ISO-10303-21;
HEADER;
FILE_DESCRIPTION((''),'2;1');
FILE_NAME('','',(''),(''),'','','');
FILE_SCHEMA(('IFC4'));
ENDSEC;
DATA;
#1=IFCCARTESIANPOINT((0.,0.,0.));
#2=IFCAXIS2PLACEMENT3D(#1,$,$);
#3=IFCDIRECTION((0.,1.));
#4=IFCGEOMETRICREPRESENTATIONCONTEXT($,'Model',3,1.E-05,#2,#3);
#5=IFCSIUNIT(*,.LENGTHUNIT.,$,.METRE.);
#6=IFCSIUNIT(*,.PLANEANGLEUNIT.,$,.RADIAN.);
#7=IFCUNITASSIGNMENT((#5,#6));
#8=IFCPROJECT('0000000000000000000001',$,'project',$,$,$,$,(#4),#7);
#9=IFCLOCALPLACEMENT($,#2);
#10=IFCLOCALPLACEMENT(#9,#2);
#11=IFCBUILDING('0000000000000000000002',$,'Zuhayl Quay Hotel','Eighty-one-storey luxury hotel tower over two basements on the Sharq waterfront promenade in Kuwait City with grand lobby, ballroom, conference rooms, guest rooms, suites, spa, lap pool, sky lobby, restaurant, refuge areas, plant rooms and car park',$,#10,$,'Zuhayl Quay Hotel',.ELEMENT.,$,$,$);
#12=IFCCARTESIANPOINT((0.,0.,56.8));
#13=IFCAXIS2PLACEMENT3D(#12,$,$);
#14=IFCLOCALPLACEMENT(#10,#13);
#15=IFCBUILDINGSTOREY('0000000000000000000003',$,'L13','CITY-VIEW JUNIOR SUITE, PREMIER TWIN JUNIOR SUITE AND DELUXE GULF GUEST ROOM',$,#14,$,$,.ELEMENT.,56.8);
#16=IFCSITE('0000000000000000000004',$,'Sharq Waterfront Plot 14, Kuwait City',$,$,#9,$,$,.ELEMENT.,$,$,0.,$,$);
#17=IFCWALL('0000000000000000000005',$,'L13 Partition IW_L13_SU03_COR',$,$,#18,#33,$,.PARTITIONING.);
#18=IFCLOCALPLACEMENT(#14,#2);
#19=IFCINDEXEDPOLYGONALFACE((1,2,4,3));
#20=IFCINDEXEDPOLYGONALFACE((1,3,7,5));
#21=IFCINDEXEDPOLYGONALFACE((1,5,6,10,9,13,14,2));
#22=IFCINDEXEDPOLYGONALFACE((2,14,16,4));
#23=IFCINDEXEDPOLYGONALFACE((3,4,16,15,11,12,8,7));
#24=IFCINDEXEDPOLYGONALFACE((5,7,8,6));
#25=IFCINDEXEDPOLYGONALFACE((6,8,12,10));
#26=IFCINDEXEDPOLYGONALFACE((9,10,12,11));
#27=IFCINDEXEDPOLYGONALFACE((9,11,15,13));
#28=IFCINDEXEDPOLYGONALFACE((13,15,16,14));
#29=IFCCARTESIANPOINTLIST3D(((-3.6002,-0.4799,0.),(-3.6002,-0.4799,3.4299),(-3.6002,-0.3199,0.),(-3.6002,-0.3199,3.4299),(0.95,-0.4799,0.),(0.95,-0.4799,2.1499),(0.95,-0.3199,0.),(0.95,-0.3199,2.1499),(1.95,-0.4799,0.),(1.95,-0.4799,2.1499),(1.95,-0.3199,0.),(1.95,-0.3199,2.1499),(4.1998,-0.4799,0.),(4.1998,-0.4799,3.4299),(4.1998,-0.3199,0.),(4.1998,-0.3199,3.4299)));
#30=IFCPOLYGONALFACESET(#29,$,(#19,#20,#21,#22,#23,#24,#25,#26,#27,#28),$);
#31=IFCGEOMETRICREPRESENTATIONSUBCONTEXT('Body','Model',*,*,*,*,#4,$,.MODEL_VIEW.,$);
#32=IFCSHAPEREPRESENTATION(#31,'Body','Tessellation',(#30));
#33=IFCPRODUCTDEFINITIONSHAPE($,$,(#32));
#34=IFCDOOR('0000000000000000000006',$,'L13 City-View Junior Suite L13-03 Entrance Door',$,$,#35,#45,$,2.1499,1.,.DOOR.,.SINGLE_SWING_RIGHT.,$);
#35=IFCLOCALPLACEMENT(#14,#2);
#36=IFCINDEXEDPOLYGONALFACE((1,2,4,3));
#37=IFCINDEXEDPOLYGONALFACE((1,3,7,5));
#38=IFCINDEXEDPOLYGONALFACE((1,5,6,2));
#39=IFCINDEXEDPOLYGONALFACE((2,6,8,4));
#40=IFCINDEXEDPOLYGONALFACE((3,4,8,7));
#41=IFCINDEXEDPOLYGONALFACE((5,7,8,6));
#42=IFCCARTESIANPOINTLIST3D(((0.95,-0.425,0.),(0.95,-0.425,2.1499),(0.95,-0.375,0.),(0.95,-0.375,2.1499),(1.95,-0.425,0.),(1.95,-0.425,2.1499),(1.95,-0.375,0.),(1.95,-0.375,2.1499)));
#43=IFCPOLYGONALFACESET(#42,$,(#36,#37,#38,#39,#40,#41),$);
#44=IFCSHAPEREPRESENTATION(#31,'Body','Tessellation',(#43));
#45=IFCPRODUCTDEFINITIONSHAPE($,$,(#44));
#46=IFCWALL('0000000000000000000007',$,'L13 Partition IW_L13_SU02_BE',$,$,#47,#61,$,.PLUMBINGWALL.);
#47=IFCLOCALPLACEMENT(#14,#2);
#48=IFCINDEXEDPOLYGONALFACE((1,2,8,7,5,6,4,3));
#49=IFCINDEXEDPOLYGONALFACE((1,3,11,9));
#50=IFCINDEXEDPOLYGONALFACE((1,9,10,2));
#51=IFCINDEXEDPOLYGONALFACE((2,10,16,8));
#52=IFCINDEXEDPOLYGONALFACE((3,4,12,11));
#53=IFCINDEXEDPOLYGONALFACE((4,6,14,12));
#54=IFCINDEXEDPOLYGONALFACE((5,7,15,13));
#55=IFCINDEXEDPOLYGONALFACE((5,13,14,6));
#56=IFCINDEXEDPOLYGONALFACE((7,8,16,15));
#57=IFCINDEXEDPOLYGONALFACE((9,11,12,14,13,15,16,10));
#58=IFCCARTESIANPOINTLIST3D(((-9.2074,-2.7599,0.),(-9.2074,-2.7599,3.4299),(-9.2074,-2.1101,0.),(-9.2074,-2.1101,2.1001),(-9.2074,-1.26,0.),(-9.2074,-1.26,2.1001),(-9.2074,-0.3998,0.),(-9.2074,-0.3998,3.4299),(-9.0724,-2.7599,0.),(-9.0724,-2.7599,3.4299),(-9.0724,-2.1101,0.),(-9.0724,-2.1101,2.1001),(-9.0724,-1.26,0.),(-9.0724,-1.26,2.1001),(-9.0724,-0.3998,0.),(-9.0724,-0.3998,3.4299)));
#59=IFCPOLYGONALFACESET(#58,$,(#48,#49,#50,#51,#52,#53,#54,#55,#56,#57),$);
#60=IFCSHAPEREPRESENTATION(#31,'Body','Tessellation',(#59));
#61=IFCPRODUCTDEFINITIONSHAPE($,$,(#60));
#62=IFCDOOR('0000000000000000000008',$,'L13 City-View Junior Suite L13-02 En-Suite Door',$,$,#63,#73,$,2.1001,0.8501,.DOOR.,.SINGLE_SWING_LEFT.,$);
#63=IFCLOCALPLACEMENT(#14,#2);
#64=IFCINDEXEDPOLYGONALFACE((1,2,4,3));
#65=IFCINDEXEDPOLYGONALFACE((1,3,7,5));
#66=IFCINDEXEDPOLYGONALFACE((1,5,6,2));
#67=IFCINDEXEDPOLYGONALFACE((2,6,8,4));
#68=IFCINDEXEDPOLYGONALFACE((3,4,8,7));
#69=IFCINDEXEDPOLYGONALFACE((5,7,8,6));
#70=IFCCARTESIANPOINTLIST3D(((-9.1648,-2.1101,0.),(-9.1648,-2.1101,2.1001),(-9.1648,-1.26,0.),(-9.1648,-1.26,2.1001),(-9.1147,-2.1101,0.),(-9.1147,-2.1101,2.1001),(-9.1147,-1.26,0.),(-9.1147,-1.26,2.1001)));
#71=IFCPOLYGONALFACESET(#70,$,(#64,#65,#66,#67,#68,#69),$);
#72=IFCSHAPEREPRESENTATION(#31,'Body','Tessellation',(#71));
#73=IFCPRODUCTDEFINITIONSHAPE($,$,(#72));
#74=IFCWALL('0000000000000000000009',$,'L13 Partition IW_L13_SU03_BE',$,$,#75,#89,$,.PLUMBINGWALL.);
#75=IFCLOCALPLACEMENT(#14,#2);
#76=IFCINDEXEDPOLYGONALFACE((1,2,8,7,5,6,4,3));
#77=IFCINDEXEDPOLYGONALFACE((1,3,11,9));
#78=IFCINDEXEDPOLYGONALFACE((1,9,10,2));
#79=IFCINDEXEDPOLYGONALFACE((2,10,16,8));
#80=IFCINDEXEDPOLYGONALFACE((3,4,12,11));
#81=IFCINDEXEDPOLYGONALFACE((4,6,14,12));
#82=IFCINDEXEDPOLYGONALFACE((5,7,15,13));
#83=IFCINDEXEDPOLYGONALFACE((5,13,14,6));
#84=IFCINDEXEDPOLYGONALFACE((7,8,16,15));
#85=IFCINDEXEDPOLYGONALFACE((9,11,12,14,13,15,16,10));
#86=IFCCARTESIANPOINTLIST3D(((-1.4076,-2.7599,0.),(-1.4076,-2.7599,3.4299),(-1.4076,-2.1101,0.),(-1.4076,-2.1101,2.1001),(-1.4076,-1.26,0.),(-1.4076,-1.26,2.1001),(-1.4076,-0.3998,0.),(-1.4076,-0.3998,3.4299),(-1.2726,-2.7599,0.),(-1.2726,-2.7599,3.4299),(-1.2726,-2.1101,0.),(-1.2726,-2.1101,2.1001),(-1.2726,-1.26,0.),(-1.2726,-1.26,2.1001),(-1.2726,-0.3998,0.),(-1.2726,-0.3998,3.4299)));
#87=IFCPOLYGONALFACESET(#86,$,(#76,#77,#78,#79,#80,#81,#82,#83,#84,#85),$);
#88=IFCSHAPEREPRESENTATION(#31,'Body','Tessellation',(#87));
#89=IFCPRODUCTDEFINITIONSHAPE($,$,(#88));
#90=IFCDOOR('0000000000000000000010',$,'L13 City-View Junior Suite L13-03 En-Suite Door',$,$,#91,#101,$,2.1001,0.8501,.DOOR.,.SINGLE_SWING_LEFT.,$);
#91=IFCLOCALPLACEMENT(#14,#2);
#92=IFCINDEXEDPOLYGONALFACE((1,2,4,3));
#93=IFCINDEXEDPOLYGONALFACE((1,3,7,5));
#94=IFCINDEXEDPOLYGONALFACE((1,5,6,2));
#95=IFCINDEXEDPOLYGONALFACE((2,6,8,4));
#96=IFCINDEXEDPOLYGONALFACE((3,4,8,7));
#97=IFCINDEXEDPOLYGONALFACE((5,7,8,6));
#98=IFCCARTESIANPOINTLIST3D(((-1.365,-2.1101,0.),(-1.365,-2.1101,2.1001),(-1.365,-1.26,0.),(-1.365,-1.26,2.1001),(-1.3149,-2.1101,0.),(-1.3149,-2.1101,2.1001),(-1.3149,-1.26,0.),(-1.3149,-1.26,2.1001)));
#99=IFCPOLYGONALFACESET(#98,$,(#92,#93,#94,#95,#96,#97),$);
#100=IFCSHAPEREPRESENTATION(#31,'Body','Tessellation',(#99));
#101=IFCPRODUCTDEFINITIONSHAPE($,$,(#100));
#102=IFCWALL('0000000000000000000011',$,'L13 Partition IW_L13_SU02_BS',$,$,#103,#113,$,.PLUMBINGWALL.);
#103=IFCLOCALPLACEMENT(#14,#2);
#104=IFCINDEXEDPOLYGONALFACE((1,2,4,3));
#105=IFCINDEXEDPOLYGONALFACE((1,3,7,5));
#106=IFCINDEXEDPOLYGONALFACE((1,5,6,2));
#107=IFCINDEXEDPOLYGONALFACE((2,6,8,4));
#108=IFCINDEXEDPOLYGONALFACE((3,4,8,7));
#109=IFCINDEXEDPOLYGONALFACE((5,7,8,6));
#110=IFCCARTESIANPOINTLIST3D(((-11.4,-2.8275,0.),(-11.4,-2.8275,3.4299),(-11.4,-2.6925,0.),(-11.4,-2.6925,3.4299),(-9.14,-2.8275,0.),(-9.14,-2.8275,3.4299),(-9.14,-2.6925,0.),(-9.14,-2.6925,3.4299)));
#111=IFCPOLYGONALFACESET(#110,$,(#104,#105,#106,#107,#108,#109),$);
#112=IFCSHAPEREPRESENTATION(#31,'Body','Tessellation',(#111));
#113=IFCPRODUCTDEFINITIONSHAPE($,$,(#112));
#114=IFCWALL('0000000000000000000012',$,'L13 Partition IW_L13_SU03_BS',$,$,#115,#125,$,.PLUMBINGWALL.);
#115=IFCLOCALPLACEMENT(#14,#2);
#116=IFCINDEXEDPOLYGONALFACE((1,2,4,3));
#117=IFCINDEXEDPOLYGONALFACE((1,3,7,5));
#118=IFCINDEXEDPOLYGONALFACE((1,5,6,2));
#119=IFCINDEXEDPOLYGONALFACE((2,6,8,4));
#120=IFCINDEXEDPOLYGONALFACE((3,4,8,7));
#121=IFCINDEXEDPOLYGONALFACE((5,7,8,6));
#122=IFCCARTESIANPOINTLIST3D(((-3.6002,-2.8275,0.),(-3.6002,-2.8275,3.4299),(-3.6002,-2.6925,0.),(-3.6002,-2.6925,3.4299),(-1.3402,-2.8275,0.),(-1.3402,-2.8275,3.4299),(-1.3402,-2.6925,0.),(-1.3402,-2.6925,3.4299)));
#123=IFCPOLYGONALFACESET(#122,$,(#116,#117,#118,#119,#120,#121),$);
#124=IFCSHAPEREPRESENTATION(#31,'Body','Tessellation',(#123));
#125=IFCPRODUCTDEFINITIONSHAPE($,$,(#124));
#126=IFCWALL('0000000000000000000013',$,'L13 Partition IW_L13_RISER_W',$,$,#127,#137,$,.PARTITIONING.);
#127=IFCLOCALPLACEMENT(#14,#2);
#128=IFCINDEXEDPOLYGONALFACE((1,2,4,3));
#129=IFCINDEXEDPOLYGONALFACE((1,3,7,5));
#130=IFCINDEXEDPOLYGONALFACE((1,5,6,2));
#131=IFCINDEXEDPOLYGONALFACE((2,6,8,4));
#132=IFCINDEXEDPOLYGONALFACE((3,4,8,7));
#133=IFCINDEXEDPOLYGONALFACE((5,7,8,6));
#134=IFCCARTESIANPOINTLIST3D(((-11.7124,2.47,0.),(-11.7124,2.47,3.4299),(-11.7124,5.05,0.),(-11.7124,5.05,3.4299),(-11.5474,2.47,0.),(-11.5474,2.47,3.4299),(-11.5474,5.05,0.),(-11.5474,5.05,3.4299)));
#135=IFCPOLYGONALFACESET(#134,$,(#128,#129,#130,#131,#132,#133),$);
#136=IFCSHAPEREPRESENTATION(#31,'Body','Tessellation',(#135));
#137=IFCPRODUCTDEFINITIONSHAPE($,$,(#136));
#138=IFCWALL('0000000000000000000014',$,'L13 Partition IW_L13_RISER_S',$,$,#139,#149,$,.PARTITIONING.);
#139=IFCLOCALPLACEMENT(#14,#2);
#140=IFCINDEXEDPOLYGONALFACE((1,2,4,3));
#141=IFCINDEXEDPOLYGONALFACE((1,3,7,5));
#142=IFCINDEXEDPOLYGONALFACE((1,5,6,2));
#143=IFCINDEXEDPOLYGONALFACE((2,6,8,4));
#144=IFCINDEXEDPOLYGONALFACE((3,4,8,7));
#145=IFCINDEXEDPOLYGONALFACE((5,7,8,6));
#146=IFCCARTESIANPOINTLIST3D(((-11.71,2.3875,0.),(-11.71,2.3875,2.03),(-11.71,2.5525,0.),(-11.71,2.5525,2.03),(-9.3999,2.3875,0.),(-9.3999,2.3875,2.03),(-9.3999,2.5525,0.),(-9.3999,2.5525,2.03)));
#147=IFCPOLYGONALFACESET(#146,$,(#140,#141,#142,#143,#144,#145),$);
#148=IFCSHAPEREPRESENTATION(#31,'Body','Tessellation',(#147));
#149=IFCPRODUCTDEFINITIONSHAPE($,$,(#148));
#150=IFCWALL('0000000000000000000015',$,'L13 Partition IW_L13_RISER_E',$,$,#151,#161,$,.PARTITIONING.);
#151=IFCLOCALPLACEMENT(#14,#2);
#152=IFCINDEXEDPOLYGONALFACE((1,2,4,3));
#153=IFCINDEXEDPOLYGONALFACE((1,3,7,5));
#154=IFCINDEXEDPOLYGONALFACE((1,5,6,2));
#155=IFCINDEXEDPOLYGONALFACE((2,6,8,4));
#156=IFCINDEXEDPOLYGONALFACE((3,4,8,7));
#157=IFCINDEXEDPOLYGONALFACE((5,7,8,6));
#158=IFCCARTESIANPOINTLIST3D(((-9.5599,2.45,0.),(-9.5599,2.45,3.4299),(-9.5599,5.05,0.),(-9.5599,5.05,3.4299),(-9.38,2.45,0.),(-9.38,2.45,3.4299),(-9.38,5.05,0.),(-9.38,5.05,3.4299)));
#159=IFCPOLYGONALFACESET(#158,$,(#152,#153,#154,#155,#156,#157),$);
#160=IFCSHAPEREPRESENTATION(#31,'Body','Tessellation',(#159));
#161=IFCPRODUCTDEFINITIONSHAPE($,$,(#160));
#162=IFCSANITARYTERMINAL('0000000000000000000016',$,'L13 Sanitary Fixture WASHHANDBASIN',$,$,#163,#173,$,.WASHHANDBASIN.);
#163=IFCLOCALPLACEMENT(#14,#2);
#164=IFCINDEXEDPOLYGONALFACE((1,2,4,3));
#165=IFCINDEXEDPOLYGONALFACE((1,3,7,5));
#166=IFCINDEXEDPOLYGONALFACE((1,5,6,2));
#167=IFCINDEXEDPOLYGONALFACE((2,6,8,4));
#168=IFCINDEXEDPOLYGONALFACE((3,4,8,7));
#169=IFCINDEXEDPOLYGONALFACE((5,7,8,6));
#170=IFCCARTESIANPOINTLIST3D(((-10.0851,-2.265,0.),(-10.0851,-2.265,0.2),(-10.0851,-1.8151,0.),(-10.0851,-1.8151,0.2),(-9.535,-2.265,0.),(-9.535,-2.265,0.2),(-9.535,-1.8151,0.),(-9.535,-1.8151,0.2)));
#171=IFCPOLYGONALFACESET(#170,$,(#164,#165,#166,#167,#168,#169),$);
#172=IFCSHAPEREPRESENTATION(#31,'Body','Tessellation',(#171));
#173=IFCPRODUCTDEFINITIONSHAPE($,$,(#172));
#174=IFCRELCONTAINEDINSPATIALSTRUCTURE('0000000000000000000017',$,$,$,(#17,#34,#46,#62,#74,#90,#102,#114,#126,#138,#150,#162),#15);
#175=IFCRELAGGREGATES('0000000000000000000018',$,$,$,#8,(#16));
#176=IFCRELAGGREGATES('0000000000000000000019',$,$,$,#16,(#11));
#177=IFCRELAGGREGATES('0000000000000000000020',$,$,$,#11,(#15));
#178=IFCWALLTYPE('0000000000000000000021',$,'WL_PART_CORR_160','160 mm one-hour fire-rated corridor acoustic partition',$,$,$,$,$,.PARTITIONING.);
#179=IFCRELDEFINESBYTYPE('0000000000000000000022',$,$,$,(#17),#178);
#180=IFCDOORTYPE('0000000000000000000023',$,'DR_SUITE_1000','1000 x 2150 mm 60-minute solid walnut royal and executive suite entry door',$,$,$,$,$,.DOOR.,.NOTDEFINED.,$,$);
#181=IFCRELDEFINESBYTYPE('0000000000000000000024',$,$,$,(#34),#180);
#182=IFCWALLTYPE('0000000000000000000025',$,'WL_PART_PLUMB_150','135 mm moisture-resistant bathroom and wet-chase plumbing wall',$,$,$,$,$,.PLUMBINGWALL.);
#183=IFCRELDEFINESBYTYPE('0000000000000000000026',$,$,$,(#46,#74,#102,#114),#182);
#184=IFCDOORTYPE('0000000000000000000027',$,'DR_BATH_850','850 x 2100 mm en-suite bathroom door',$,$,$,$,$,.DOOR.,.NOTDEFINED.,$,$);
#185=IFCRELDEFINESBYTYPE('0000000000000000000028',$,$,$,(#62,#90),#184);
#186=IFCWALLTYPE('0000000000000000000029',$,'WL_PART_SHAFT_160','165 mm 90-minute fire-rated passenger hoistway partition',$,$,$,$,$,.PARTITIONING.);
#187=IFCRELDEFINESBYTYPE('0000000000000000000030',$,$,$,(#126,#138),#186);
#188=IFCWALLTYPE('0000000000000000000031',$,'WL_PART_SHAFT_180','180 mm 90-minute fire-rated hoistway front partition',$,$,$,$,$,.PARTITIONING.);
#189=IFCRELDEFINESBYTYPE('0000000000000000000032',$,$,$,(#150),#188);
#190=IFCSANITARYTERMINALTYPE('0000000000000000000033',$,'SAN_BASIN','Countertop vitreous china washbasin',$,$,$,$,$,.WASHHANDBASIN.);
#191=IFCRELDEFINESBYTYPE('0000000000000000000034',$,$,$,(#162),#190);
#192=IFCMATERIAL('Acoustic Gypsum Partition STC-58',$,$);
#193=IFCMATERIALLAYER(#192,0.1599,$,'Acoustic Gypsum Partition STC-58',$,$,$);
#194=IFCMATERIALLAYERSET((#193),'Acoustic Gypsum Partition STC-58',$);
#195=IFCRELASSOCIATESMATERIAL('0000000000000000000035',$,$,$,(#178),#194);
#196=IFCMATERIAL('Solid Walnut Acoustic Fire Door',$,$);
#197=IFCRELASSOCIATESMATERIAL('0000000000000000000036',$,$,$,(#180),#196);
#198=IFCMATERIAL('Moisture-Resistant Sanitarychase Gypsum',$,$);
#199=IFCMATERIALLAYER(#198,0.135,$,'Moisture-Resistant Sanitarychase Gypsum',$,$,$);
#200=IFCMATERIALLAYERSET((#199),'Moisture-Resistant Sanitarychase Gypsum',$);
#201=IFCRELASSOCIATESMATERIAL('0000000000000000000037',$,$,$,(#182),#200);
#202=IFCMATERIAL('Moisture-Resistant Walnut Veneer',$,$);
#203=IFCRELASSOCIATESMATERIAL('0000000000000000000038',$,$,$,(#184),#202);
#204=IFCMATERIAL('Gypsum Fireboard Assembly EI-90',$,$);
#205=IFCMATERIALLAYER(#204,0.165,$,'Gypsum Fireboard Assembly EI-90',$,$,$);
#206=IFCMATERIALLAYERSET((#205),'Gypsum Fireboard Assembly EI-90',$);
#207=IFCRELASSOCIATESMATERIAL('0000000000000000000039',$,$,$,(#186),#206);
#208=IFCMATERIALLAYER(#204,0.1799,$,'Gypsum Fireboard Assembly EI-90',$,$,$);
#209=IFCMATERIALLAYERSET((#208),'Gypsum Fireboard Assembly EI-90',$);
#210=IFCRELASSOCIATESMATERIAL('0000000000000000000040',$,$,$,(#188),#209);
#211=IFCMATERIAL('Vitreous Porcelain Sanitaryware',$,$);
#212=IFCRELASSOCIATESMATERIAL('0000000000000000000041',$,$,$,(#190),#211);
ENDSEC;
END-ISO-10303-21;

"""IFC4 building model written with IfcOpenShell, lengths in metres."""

from ifc_helpers import new_model, si_unit, direction, frame, frame_2d, origin, origin_2d, place, context, subcontext, project, spatial, rectangle, extrude, material, layer, layer_set, type_object, element, fill, save


model = new_model("IFC4")

# Units and contexts
model_context = context("Model", 3, precision=1e-05, world=origin(), true_north=direction((0.0, 1.0)))
body_context = subcontext(model_context, "Body", "Model", "MODEL_VIEW")
ifc_project = project(units=[si_unit("LENGTHUNIT", "METRE"), si_unit("PLANEANGLEUNIT", "RADIAN")], contexts=[model_context])

# Site, building, storey
site_placement = place(None, origin())
site = spatial("IfcSite", under=ifc_project, at=site_placement, Name="Sharq Waterfront Plot 14, Kuwait City", CompositionType="ELEMENT", RefElevation=0.0)
building_placement = place(site_placement, origin())
building = spatial("IfcBuilding", under=site, at=building_placement, Name="Zuhayl Quay Hotel", Description="Eighty-one-storey luxury hotel tower over two basements on the Sharq waterfront promenade in Kuwait City with grand lobby, ballroom, conference rooms, guest rooms, suites, spa, lap pool, sky lobby, restaurant, refuge areas, plant rooms and car park", LongName="Zuhayl Quay Hotel", CompositionType="ELEMENT")
storey_placement = place(building_placement, frame((0.0, 0.0, 56.8)))
storey = spatial("IfcBuildingStorey", under=building, at=storey_placement, Name="L13", Description="CITY-VIEW JUNIOR SUITE, PREMIER TWIN JUNIOR SUITE AND DELUXE GULF GUEST ROOM", CompositionType="ELEMENT", Elevation=56.8)

# Walls, openings, doors
ifc_material_1 = material(Name="Acoustic Gypsum Partition STC-58")
ifc_layer_1 = layer(ifc_material_1, 0.1599, Name="Acoustic Gypsum Partition STC-58")
ifc_layer_set_1 = layer_set([ifc_layer_1], Name="Acoustic Gypsum Partition STC-58")
wall_type_1 = type_object("IfcWallType", Name="WL_PART_CORR_160", Description="160 mm one-hour fire-rated corridor acoustic partition", PredefinedType="PARTITIONING", material=ifc_layer_set_1)
ifc_material_2 = material(Name="Solid Walnut Acoustic Fire Door")
door_type_1 = type_object("IfcDoorType", Name="DR_SUITE_1000", Description="1000 x 2150 mm 60-minute solid walnut royal and executive suite entry door", OperationType="NOTDEFINED", PredefinedType="DOOR", material=ifc_material_2)
wall_1_placement = place(storey_placement, frame((-3.6001, -0.3999, 0.0), z_axis=(0.0, 0.0, 1.0), x_axis=(1.0, 0.0, 0.0)))
wall_1 = element("IfcWall", 1, at=wall_1_placement, inside=storey, type_object=wall_type_1, Name="L13 Partition IW_L13_SU03_COR", PredefinedType="PARTITIONING", context=body_context, shape_type="SweptSolid", body=[
    extrude(rectangle(XDim=7.8, YDim=0.1599, at=frame_2d((3.8999, 0.0))), origin(), (0.0, 0.0, 1.0), 3.4299),
])
opening_1_placement = place(wall_1_placement, frame((4.55, 0.0, 0.0)))
opening_1 = element("IfcOpeningElement", 2, at=opening_1_placement, cuts=wall_1, PredefinedType="OPENING", context=body_context, shape_type="SweptSolid", body=[
    extrude(rectangle(XDim=1.0, YDim=2.1499, at=frame_2d((0.5, 1.075))), frame((0.0, 0.0898, 0.0), z_axis=(0.0, -1.0, 0.0), x_axis=(1.0, 0.0, 0.0)), (0.0, 0.0, 1.0), 0.1799),
])
door_1_placement = place(opening_1_placement, origin())
door_1 = element("IfcDoor", 3, at=door_1_placement, inside=storey, type_object=door_type_1, Name="L13 City-View Junior Suite L13-03 Entrance Door", OperationType="SINGLE_SWING_RIGHT", OverallHeight=2.1499, OverallWidth=1.0, PredefinedType="DOOR", context=body_context, shape_type="SweptSolid", body=[
    extrude(rectangle(XDim=1.0, YDim=2.1499, at=frame_2d((0.5, 1.075))), frame((0.0, 0.0249, 0.0), z_axis=(0.0, -1.0, 0.0), x_axis=(1.0, 0.0, 0.0)), (0.0, 0.0, 1.0), 0.05),
])
fill(opening_1, door_1)
ifc_material_3 = material(Name="Moisture-Resistant Sanitarychase Gypsum")
ifc_layer_2 = layer(ifc_material_3, 0.135, Name="Moisture-Resistant Sanitarychase Gypsum")
ifc_layer_set_2 = layer_set([ifc_layer_2], Name="Moisture-Resistant Sanitarychase Gypsum")
wall_type_2 = type_object("IfcWallType", Name="WL_PART_PLUMB_150", Description="135 mm moisture-resistant bathroom and wet-chase plumbing wall", PredefinedType="PLUMBINGWALL", material=ifc_layer_set_2)
wall_2_placement = place(storey_placement, frame((-9.1399, -2.76, 0.0), z_axis=(0.0, 0.0, 1.0), x_axis=(0.0, 1.0, 0.0)))
wall_2 = element("IfcWall", 4, at=wall_2_placement, inside=storey, type_object=wall_type_2, Name="L13 Partition IW_L13_SU02_BE", PredefinedType="PLUMBINGWALL", context=body_context, shape_type="SweptSolid", body=[
    extrude(rectangle(XDim=2.3601, YDim=0.135, at=frame_2d((1.1802, 0.0))), origin(), (0.0, 0.0, 1.0), 3.4299),
])
opening_2_placement = place(wall_2_placement, frame((0.6499, 0.0, 0.0)))
opening_2 = element("IfcOpeningElement", 5, at=opening_2_placement, cuts=wall_2, PredefinedType="OPENING", context=body_context, shape_type="SweptSolid", body=[
    extrude(rectangle(XDim=0.8501, YDim=2.1001, at=frame_2d((0.425, 1.05))), frame((0.0, 0.0774, 0.0), z_axis=(0.0, -1.0, 0.0), x_axis=(1.0, 0.0, 0.0)), (0.0, 0.0, 1.0), 0.155),
])
ifc_material_4 = material(Name="Moisture-Resistant Walnut Veneer")
door_type_2 = type_object("IfcDoorType", Name="DR_BATH_850", Description="850 x 2100 mm en-suite bathroom door", OperationType="NOTDEFINED", PredefinedType="DOOR", material=ifc_material_4)
door_2_placement = place(opening_2_placement, origin())
door_2 = element("IfcDoor", 6, at=door_2_placement, inside=storey, type_object=door_type_2, Name="L13 City-View Junior Suite L13-02 En-Suite Door", OperationType="SINGLE_SWING_LEFT", OverallHeight=2.1001, OverallWidth=0.8501, PredefinedType="DOOR", context=body_context, shape_type="SweptSolid", body=[
    extrude(rectangle(XDim=0.8501, YDim=2.1001, at=frame_2d((0.425, 1.05))), frame((0.0, 0.0249, 0.0), z_axis=(0.0, -1.0, 0.0), x_axis=(1.0, 0.0, 0.0)), (0.0, 0.0, 1.0), 0.05),
])
fill(opening_2, door_2)
wall_3_placement = place(storey_placement, frame((-1.3401, -2.76, 0.0), z_axis=(0.0, 0.0, 1.0), x_axis=(0.0, 1.0, 0.0)))
wall_3 = element("IfcWall", 7, at=wall_3_placement, inside=storey, type_object=wall_type_2, Name="L13 Partition IW_L13_SU03_BE", PredefinedType="PLUMBINGWALL", context=body_context, shape_type="SweptSolid", body=[
    extrude(rectangle(XDim=2.3601, YDim=0.135, at=frame_2d((1.1802, 0.0))), origin(), (0.0, 0.0, 1.0), 3.4299),
])
opening_3_placement = place(wall_3_placement, frame((0.6499, 0.0, 0.0)))
opening_3 = element("IfcOpeningElement", 8, at=opening_3_placement, cuts=wall_3, PredefinedType="OPENING", context=body_context, shape_type="SweptSolid", body=[
    extrude(rectangle(XDim=0.8501, YDim=2.1001, at=frame_2d((0.425, 1.05))), frame((0.0, 0.0774, 0.0), z_axis=(0.0, -1.0, 0.0), x_axis=(1.0, 0.0, 0.0)), (0.0, 0.0, 1.0), 0.155),
])
door_3_placement = place(opening_3_placement, origin())
door_3 = element("IfcDoor", 9, at=door_3_placement, inside=storey, type_object=door_type_2, Name="L13 City-View Junior Suite L13-03 En-Suite Door", OperationType="SINGLE_SWING_LEFT", OverallHeight=2.1001, OverallWidth=0.8501, PredefinedType="DOOR", context=body_context, shape_type="SweptSolid", body=[
    extrude(rectangle(XDim=0.8501, YDim=2.1001, at=frame_2d((0.425, 1.05))), frame((0.0, 0.0249, 0.0), z_axis=(0.0, -1.0, 0.0), x_axis=(1.0, 0.0, 0.0)), (0.0, 0.0, 1.0), 0.05),
])
fill(opening_3, door_3)

# Walls
for number, where, z_axis, x_axis, name in (
    (10, (-11.3999, -2.76, 0.0), (0.0, 0.0, 1.0), (1.0, 0.0, 0.0), "L13 Partition IW_L13_SU02_BS"),
    (11, (-3.6001, -2.76, 0.0), (0.0, 0.0, 1.0), (1.0, 0.0, 0.0), "L13 Partition IW_L13_SU03_BS"),
):
    element("IfcWall", number, at=place(storey_placement, frame(where, z_axis=z_axis, x_axis=x_axis)), inside=storey, type_object=wall_type_2, Name=name, PredefinedType="PLUMBINGWALL", context=body_context, shape_type="SweptSolid", body=[
        extrude(rectangle(XDim=2.26, YDim=0.135, at=frame_2d((1.1299, 0.0))), origin(), (0.0, 0.0, 1.0), 3.4299),
    ])
ifc_material_5 = material(Name="Gypsum Fireboard Assembly EI-90")
ifc_layer_3 = layer(ifc_material_5, 0.165, Name="Gypsum Fireboard Assembly EI-90")
ifc_layer_set_3 = layer_set([ifc_layer_3], Name="Gypsum Fireboard Assembly EI-90")
wall_type_3 = type_object("IfcWallType", Name="WL_PART_SHAFT_160", Description="165 mm 90-minute fire-rated passenger hoistway partition", PredefinedType="PARTITIONING", material=ifc_layer_set_3)
wall_4_placement = place(storey_placement, frame((-11.6299, 2.47, 0.0), z_axis=(0.0, 0.0, 1.0), x_axis=(0.0, 1.0, 0.0)))
element("IfcWall", 12, at=wall_4_placement, inside=storey, type_object=wall_type_3, Name="L13 Partition IW_L13_RISER_W", PredefinedType="PARTITIONING", context=body_context, shape_type="SweptSolid", body=[
    extrude(rectangle(XDim=2.5801, YDim=0.165, at=frame_2d((1.29, 0.0))), origin(), (0.0, 0.0, 1.0), 3.4299),
])
wall_5_placement = place(storey_placement, frame((-11.71, 2.47, 0.0), z_axis=(0.0, 0.0, 1.0), x_axis=(1.0, 0.0, 0.0)))
element("IfcWall", 13, at=wall_5_placement, inside=storey, type_object=wall_type_3, Name="L13 Partition IW_L13_RISER_S", PredefinedType="PARTITIONING", context=body_context, shape_type="SweptSolid", body=[
    extrude(rectangle(XDim=2.3101, YDim=0.165, at=frame_2d((1.155, 0.0))), origin(), (0.0, 0.0, 1.0), 2.03),
])
ifc_layer_4 = layer(ifc_material_5, 0.1799, Name="Gypsum Fireboard Assembly EI-90")
ifc_layer_set_4 = layer_set([ifc_layer_4], Name="Gypsum Fireboard Assembly EI-90")
wall_type_4 = type_object("IfcWallType", Name="WL_PART_SHAFT_180", Description="180 mm 90-minute fire-rated hoistway front partition", PredefinedType="PARTITIONING", material=ifc_layer_set_4)
wall_6_placement = place(storey_placement, frame((-9.47, 2.45, 0.0), z_axis=(0.0, 0.0, 1.0), x_axis=(0.0, 1.0, 0.0)))
element("IfcWall", 14, at=wall_6_placement, inside=storey, type_object=wall_type_4, Name="L13 Partition IW_L13_RISER_E", PredefinedType="PARTITIONING", context=body_context, shape_type="SweptSolid", body=[
    extrude(rectangle(XDim=2.6001, YDim=0.1799, at=frame_2d((1.3, 0.0))), origin(), (0.0, 0.0, 1.0), 3.4299),
])

# Sanitary terminal
ifc_material_6 = material(Name="Vitreous Porcelain Sanitaryware")
sanitary_terminal_type_1 = type_object("IfcSanitaryTerminalType", Name="SAN_BASIN", Description="Countertop vitreous china washbasin", PredefinedType="WASHHANDBASIN", material=ifc_material_6)
for number, where, z_axis, x_axis, name in (
    (15, (-9.8101, -2.04, 0.0), (0.0, 0.0, 1.0), (1.0, 0.0, 0.0), "L13 Sanitary Fixture WASHHANDBASIN"),
):
    element("IfcSanitaryTerminal", number, at=place(storey_placement, frame(where, z_axis=z_axis, x_axis=x_axis)), inside=storey, type_object=sanitary_terminal_type_1, Name=name, PredefinedType="WASHHANDBASIN", context=body_context, shape_type="SweptSolid", body=[
        extrude(rectangle(XDim=0.55, YDim=0.45, at=origin_2d()), origin(), (0.0, 0.0, 1.0), 0.2),
    ])

save(model, "model.ifc")
